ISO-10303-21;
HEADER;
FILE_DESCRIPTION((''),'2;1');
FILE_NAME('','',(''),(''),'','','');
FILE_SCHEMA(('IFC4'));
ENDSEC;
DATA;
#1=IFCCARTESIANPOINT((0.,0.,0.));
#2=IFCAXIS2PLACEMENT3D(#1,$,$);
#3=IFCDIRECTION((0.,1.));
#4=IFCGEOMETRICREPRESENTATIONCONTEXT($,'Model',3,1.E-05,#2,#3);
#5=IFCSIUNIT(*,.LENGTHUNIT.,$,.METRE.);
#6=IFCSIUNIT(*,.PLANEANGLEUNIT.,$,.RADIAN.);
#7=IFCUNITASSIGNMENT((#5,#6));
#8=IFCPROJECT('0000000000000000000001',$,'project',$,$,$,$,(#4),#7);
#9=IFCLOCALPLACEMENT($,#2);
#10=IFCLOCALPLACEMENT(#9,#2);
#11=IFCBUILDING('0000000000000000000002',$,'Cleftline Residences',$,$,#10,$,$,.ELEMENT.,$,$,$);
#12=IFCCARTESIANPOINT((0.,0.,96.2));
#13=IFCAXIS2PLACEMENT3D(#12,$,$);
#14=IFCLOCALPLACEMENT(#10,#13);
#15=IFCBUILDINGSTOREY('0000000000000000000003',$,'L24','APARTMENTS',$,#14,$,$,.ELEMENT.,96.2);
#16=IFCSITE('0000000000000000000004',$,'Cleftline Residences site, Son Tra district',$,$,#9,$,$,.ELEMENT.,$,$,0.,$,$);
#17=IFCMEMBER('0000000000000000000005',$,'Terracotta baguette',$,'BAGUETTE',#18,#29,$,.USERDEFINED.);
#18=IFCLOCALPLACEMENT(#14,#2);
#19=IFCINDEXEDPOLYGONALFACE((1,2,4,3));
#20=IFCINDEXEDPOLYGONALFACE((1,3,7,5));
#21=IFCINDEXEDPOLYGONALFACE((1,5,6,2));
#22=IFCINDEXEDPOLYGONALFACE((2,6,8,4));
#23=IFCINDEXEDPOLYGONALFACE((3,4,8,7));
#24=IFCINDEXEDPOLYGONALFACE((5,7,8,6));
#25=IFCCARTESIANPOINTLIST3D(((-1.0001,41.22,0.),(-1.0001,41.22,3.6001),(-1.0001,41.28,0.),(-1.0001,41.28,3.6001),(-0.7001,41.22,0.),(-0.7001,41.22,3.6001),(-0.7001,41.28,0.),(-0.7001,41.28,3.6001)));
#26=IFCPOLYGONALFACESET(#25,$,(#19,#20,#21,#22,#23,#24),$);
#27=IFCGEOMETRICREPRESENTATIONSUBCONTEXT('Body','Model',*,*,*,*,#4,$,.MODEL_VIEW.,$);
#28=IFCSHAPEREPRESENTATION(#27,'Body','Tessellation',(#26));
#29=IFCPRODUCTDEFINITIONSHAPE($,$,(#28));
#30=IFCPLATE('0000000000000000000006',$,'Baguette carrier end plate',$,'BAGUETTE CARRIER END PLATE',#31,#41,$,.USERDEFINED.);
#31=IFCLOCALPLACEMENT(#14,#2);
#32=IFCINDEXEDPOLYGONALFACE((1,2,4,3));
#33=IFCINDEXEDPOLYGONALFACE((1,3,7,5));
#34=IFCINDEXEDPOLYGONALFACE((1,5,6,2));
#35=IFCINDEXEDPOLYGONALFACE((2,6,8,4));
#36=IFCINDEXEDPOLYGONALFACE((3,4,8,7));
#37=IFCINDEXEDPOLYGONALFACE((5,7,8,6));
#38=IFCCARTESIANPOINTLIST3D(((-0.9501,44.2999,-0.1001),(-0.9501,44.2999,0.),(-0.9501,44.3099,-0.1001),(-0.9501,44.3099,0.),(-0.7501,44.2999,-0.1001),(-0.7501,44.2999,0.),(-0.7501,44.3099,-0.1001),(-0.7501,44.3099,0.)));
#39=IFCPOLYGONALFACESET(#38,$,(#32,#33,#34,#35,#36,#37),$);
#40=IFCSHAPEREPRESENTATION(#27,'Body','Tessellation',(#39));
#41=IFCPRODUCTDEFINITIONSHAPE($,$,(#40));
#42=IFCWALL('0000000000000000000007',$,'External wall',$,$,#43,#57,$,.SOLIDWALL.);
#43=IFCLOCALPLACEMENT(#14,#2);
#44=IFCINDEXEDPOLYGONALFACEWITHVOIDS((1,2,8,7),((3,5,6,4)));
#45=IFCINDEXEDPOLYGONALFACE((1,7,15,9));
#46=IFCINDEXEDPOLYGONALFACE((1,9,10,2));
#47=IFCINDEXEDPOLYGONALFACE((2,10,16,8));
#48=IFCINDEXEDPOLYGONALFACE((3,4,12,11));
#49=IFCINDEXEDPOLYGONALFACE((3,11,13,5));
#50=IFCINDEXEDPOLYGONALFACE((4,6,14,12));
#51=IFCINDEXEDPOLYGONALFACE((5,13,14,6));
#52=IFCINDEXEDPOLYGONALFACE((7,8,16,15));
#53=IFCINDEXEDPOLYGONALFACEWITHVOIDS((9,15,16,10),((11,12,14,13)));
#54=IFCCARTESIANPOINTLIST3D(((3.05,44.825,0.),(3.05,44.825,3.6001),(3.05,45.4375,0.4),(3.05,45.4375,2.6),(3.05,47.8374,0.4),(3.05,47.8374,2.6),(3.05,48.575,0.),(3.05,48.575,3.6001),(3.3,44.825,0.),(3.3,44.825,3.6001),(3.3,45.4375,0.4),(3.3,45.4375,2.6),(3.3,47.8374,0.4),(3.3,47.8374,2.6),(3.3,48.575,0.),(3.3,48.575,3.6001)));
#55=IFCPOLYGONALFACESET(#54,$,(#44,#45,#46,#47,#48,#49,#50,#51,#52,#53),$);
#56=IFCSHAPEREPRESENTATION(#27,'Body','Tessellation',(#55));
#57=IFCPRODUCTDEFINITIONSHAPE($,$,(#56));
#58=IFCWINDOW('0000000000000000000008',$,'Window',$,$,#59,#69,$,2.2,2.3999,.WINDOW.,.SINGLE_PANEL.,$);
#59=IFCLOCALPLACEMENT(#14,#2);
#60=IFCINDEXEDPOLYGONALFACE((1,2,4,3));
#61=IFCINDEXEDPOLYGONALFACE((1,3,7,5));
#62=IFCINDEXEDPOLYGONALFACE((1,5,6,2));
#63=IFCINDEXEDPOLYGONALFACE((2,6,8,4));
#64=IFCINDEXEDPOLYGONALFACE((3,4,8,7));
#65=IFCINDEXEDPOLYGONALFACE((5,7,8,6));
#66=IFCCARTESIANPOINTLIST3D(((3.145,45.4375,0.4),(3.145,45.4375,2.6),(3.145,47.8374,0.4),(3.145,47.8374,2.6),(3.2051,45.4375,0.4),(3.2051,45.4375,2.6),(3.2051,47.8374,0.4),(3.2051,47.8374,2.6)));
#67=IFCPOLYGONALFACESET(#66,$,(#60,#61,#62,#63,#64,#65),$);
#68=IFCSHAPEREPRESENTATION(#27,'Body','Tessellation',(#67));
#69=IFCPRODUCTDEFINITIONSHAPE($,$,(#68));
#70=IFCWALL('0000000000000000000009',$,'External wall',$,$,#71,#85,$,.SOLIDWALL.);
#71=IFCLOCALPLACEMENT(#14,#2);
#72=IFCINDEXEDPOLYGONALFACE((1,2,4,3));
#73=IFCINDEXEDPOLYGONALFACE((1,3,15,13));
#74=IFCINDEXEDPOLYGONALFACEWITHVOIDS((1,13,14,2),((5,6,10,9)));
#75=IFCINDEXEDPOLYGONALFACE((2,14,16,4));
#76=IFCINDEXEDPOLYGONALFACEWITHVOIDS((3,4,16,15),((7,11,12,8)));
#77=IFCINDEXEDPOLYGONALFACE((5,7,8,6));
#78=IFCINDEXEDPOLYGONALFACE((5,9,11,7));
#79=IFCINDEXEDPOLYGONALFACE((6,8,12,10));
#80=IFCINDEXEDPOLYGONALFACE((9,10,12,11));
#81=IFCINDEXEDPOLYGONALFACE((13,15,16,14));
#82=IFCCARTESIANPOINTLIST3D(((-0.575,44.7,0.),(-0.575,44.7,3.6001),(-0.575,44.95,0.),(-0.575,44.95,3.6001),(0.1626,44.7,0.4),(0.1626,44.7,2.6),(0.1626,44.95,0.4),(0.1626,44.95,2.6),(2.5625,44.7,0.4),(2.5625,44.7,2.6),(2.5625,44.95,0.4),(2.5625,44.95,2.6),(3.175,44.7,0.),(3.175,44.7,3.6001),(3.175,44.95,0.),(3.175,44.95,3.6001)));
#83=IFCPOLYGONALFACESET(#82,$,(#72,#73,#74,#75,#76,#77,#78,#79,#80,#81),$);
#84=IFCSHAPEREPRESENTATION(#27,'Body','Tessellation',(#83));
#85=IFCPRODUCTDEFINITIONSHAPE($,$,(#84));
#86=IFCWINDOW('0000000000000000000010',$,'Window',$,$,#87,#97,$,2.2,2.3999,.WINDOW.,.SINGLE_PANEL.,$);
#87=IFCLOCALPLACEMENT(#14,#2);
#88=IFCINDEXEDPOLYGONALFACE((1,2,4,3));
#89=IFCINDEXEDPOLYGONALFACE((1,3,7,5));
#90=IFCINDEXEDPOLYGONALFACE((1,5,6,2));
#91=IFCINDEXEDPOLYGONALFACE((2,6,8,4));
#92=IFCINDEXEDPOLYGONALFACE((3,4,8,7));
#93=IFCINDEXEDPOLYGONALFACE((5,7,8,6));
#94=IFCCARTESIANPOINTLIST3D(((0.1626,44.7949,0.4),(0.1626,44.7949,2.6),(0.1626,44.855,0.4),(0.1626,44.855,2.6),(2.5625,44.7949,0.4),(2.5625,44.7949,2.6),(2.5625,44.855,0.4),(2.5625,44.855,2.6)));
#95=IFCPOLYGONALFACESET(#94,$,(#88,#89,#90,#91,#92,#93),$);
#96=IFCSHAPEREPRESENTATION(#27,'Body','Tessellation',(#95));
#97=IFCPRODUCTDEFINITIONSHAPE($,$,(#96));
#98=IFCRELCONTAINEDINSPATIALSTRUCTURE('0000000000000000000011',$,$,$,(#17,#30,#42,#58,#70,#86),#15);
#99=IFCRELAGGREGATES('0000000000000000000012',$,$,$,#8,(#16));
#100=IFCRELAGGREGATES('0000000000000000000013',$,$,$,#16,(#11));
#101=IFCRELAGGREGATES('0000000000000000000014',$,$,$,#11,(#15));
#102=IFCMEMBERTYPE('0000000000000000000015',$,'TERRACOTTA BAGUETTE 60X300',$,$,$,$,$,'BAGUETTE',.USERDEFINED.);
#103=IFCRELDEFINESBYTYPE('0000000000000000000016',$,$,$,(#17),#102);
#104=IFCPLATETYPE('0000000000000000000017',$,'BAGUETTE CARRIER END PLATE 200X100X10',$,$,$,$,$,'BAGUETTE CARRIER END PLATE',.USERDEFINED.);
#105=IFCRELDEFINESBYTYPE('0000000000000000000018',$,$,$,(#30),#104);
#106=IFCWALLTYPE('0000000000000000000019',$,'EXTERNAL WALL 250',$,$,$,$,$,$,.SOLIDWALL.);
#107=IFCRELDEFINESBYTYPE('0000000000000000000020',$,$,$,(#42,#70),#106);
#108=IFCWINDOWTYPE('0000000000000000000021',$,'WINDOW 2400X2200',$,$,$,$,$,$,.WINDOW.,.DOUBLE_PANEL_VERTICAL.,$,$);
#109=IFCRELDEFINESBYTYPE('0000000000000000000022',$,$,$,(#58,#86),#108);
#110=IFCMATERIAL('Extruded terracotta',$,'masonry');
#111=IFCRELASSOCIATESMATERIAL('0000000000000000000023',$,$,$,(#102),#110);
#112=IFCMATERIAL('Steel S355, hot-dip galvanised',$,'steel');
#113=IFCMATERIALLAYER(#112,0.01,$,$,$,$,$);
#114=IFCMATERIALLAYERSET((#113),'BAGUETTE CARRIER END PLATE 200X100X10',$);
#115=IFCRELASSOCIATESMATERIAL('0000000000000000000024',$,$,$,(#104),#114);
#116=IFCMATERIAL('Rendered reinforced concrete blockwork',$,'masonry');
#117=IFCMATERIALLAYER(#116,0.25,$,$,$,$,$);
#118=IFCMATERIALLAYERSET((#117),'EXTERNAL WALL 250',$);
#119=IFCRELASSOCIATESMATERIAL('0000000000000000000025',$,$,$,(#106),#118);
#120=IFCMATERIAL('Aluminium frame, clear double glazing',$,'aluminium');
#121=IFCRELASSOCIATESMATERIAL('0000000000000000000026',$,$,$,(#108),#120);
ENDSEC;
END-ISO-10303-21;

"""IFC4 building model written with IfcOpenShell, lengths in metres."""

from ifc_helpers import new_model, si_unit, direction, frame, frame_2d, origin, origin_2d, place, context, subcontext, project, spatial, rectangle, extrude, material, layer, layer_set, material_profile, profile_set, type_object, element, fill, save


model = new_model("IFC4")

# Units and contexts
model_context = context("Model", 3, precision=1e-05, world=origin(), true_north=direction((0.0, 1.0)))
body_context = subcontext(model_context, "Body", "Model", "MODEL_VIEW")
ifc_project = project(units=[si_unit("LENGTHUNIT", "METRE"), si_unit("PLANEANGLEUNIT", "RADIAN")], contexts=[model_context])

# Site, building, storey
site_placement = place(None, origin())
site = spatial("IfcSite", under=ifc_project, at=site_placement, Name="Cleftline Residences site, Son Tra district", CompositionType="ELEMENT", RefElevation=0.0)
building_placement = place(site_placement, origin())
building = spatial("IfcBuilding", under=site, at=building_placement, Name="Cleftline Residences", CompositionType="ELEMENT")
storey_placement = place(building_placement, frame((0.0, 0.0, 96.2)))
storey = spatial("IfcBuildingStorey", under=building, at=storey_placement, Name="L24", Description="APARTMENTS", CompositionType="ELEMENT", Elevation=96.2)

# Member
ifc_material_1 = material(Name="Extruded terracotta", Category="masonry")
ifc_material_profile_1 = material_profile(ifc_material_1, rectangle(XDim=0.0601, YDim=0.3, at=origin_2d()))
ifc_profile_set_1 = profile_set([ifc_material_profile_1], Name="Extruded terracotta")
member_type_1 = type_object("IfcMemberType", Name="TERRACOTTA BAGUETTE 60X300", ElementType="BAGUETTE", PredefinedType="USERDEFINED", material=ifc_profile_set_1)
for number, where, z_axis, x_axis, name in (
    (1, (-0.8501, 41.25, 0.0), (0.0, 0.0, 1.0), (0.0, 1.0, 0.0), "Terracotta baguette"),
):
    element("IfcMember", number, at=place(storey_placement, frame(where, z_axis=z_axis, x_axis=x_axis)), inside=storey, type_object=member_type_1, Name=name, ObjectType="BAGUETTE", PredefinedType="USERDEFINED", context=body_context, shape_type="SweptSolid", body=[
        extrude(rectangle(XDim=0.0601, YDim=0.3, at=origin_2d()), origin(), (0.0, 0.0, 1.0), 3.6001),
    ])

# Plate
ifc_material_2 = material(Name="Steel S355, hot-dip galvanised", Category="steel")
ifc_layer_1 = layer(ifc_material_2, 0.01)
ifc_layer_set_1 = layer_set([ifc_layer_1], Name="BAGUETTE CARRIER END PLATE 200X100X10")
plate_type = type_object("IfcPlateType", Name="BAGUETTE CARRIER END PLATE 200X100X10", ElementType="BAGUETTE CARRIER END PLATE", PredefinedType="USERDEFINED", material=ifc_layer_set_1)
plate_placement = place(storey_placement, frame((-0.8501, 44.3049, -0.1001), z_axis=(0.0, 0.0, 1.0), x_axis=(-1.0, 0.0, 0.0)))
element("IfcPlate", 2, at=plate_placement, inside=storey, type_object=plate_type, Name="Baguette carrier end plate", ObjectType="BAGUETTE CARRIER END PLATE", PredefinedType="USERDEFINED", context=body_context, shape_type="SweptSolid", body=[
    extrude(rectangle(XDim=0.2, YDim=0.01, at=origin_2d()), origin(), (0.0, 0.0, 1.0), 0.1001),
])

# Walls, openings, windows
ifc_material_3 = material(Name="Rendered reinforced concrete blockwork", Category="masonry")
ifc_layer_2 = layer(ifc_material_3, 0.25)
ifc_layer_set_2 = layer_set([ifc_layer_2], Name="EXTERNAL WALL 250")
wall_type_1 = type_object("IfcWallType", Name="EXTERNAL WALL 250", PredefinedType="SOLIDWALL", material=ifc_layer_set_2)
wall_1_placement = place(storey_placement, frame((3.175, 48.575, 0.0), z_axis=(0.0, 0.0, 1.0), x_axis=(0.0, -1.0, 0.0)))
wall_1 = element("IfcWall", 3, at=wall_1_placement, inside=storey, type_object=wall_type_1, Name="External wall", PredefinedType="SOLIDWALL", context=body_context, shape_type="SweptSolid", body=[
    extrude(rectangle(XDim=3.75, YDim=0.25, at=frame_2d((1.875, 0.0))), origin(), (0.0, 0.0, 1.0), 3.6001),
])
opening_1_placement = place(wall_1_placement, frame((0.7375, 0.0, 0.3999)))
opening_1 = element("IfcOpeningElement", 4, at=opening_1_placement, cuts=wall_1, PredefinedType="OPENING", context=body_context, shape_type="SweptSolid", body=[
    extrude(rectangle(XDim=2.3999, YDim=2.2, at=frame_2d((1.2, 1.1001))), frame((0.0, 0.135, 0.0), z_axis=(0.0, -1.0, 0.0), x_axis=(1.0, 0.0, 0.0)), (0.0, 0.0, 1.0), 0.27),
])
ifc_material_4 = material(Name="Aluminium frame, clear double glazing", Category="aluminium")
window_type_1 = type_object("IfcWindowType", Name="WINDOW 2400X2200", PartitioningType="DOUBLE_PANEL_VERTICAL", PredefinedType="WINDOW", material=ifc_material_4)
window_1_placement = place(opening_1_placement, origin())
window_1 = element("IfcWindow", 5, at=window_1_placement, inside=storey, type_object=window_type_1, Name="Window", OverallHeight=2.2, OverallWidth=2.3999, PartitioningType="SINGLE_PANEL", PredefinedType="WINDOW", context=body_context, shape_type="SweptSolid", body=[
    extrude(rectangle(XDim=2.3999, YDim=2.2, at=frame_2d((1.2, 1.1001))), frame((0.0, 0.03, 0.0), z_axis=(0.0, -1.0, 0.0), x_axis=(1.0, 0.0, 0.0)), (0.0, 0.0, 1.0), 0.0601),
])
fill(opening_1, window_1)
wall_2_placement = place(storey_placement, frame((3.175, 44.825, 0.0), z_axis=(0.0, 0.0, 1.0), x_axis=(-1.0, 0.0, 0.0)))
wall_2 = element("IfcWall", 6, at=wall_2_placement, inside=storey, type_object=wall_type_1, Name="External wall", PredefinedType="SOLIDWALL", context=body_context, shape_type="SweptSolid", body=[
    extrude(rectangle(XDim=3.75, YDim=0.25, at=frame_2d((1.875, 0.0))), origin(), (0.0, 0.0, 1.0), 3.6001),
])
opening_2_placement = place(wall_2_placement, frame((0.6125, 0.0, 0.3999)))
opening_2 = element("IfcOpeningElement", 7, at=opening_2_placement, cuts=wall_2, PredefinedType="OPENING", context=body_context, shape_type="SweptSolid", body=[
    extrude(rectangle(XDim=2.3999, YDim=2.2, at=frame_2d((1.2, 1.1001))), frame((0.0, 0.135, 0.0), z_axis=(0.0, -1.0, 0.0), x_axis=(1.0, 0.0, 0.0)), (0.0, 0.0, 1.0), 0.27),
])
window_2_placement = place(opening_2_placement, origin())
window_2 = element("IfcWindow", 8, at=window_2_placement, inside=storey, type_object=window_type_1, Name="Window", OverallHeight=2.2, OverallWidth=2.3999, PartitioningType="SINGLE_PANEL", PredefinedType="WINDOW", context=body_context, shape_type="SweptSolid", body=[
    extrude(rectangle(XDim=2.3999, YDim=2.2, at=frame_2d((1.2, 1.1001))), frame((0.0, 0.03, 0.0), z_axis=(0.0, -1.0, 0.0), x_axis=(1.0, 0.0, 0.0)), (0.0, 0.0, 1.0), 0.0601),
])
fill(opening_2, window_2)

save(model, "model.ifc")
